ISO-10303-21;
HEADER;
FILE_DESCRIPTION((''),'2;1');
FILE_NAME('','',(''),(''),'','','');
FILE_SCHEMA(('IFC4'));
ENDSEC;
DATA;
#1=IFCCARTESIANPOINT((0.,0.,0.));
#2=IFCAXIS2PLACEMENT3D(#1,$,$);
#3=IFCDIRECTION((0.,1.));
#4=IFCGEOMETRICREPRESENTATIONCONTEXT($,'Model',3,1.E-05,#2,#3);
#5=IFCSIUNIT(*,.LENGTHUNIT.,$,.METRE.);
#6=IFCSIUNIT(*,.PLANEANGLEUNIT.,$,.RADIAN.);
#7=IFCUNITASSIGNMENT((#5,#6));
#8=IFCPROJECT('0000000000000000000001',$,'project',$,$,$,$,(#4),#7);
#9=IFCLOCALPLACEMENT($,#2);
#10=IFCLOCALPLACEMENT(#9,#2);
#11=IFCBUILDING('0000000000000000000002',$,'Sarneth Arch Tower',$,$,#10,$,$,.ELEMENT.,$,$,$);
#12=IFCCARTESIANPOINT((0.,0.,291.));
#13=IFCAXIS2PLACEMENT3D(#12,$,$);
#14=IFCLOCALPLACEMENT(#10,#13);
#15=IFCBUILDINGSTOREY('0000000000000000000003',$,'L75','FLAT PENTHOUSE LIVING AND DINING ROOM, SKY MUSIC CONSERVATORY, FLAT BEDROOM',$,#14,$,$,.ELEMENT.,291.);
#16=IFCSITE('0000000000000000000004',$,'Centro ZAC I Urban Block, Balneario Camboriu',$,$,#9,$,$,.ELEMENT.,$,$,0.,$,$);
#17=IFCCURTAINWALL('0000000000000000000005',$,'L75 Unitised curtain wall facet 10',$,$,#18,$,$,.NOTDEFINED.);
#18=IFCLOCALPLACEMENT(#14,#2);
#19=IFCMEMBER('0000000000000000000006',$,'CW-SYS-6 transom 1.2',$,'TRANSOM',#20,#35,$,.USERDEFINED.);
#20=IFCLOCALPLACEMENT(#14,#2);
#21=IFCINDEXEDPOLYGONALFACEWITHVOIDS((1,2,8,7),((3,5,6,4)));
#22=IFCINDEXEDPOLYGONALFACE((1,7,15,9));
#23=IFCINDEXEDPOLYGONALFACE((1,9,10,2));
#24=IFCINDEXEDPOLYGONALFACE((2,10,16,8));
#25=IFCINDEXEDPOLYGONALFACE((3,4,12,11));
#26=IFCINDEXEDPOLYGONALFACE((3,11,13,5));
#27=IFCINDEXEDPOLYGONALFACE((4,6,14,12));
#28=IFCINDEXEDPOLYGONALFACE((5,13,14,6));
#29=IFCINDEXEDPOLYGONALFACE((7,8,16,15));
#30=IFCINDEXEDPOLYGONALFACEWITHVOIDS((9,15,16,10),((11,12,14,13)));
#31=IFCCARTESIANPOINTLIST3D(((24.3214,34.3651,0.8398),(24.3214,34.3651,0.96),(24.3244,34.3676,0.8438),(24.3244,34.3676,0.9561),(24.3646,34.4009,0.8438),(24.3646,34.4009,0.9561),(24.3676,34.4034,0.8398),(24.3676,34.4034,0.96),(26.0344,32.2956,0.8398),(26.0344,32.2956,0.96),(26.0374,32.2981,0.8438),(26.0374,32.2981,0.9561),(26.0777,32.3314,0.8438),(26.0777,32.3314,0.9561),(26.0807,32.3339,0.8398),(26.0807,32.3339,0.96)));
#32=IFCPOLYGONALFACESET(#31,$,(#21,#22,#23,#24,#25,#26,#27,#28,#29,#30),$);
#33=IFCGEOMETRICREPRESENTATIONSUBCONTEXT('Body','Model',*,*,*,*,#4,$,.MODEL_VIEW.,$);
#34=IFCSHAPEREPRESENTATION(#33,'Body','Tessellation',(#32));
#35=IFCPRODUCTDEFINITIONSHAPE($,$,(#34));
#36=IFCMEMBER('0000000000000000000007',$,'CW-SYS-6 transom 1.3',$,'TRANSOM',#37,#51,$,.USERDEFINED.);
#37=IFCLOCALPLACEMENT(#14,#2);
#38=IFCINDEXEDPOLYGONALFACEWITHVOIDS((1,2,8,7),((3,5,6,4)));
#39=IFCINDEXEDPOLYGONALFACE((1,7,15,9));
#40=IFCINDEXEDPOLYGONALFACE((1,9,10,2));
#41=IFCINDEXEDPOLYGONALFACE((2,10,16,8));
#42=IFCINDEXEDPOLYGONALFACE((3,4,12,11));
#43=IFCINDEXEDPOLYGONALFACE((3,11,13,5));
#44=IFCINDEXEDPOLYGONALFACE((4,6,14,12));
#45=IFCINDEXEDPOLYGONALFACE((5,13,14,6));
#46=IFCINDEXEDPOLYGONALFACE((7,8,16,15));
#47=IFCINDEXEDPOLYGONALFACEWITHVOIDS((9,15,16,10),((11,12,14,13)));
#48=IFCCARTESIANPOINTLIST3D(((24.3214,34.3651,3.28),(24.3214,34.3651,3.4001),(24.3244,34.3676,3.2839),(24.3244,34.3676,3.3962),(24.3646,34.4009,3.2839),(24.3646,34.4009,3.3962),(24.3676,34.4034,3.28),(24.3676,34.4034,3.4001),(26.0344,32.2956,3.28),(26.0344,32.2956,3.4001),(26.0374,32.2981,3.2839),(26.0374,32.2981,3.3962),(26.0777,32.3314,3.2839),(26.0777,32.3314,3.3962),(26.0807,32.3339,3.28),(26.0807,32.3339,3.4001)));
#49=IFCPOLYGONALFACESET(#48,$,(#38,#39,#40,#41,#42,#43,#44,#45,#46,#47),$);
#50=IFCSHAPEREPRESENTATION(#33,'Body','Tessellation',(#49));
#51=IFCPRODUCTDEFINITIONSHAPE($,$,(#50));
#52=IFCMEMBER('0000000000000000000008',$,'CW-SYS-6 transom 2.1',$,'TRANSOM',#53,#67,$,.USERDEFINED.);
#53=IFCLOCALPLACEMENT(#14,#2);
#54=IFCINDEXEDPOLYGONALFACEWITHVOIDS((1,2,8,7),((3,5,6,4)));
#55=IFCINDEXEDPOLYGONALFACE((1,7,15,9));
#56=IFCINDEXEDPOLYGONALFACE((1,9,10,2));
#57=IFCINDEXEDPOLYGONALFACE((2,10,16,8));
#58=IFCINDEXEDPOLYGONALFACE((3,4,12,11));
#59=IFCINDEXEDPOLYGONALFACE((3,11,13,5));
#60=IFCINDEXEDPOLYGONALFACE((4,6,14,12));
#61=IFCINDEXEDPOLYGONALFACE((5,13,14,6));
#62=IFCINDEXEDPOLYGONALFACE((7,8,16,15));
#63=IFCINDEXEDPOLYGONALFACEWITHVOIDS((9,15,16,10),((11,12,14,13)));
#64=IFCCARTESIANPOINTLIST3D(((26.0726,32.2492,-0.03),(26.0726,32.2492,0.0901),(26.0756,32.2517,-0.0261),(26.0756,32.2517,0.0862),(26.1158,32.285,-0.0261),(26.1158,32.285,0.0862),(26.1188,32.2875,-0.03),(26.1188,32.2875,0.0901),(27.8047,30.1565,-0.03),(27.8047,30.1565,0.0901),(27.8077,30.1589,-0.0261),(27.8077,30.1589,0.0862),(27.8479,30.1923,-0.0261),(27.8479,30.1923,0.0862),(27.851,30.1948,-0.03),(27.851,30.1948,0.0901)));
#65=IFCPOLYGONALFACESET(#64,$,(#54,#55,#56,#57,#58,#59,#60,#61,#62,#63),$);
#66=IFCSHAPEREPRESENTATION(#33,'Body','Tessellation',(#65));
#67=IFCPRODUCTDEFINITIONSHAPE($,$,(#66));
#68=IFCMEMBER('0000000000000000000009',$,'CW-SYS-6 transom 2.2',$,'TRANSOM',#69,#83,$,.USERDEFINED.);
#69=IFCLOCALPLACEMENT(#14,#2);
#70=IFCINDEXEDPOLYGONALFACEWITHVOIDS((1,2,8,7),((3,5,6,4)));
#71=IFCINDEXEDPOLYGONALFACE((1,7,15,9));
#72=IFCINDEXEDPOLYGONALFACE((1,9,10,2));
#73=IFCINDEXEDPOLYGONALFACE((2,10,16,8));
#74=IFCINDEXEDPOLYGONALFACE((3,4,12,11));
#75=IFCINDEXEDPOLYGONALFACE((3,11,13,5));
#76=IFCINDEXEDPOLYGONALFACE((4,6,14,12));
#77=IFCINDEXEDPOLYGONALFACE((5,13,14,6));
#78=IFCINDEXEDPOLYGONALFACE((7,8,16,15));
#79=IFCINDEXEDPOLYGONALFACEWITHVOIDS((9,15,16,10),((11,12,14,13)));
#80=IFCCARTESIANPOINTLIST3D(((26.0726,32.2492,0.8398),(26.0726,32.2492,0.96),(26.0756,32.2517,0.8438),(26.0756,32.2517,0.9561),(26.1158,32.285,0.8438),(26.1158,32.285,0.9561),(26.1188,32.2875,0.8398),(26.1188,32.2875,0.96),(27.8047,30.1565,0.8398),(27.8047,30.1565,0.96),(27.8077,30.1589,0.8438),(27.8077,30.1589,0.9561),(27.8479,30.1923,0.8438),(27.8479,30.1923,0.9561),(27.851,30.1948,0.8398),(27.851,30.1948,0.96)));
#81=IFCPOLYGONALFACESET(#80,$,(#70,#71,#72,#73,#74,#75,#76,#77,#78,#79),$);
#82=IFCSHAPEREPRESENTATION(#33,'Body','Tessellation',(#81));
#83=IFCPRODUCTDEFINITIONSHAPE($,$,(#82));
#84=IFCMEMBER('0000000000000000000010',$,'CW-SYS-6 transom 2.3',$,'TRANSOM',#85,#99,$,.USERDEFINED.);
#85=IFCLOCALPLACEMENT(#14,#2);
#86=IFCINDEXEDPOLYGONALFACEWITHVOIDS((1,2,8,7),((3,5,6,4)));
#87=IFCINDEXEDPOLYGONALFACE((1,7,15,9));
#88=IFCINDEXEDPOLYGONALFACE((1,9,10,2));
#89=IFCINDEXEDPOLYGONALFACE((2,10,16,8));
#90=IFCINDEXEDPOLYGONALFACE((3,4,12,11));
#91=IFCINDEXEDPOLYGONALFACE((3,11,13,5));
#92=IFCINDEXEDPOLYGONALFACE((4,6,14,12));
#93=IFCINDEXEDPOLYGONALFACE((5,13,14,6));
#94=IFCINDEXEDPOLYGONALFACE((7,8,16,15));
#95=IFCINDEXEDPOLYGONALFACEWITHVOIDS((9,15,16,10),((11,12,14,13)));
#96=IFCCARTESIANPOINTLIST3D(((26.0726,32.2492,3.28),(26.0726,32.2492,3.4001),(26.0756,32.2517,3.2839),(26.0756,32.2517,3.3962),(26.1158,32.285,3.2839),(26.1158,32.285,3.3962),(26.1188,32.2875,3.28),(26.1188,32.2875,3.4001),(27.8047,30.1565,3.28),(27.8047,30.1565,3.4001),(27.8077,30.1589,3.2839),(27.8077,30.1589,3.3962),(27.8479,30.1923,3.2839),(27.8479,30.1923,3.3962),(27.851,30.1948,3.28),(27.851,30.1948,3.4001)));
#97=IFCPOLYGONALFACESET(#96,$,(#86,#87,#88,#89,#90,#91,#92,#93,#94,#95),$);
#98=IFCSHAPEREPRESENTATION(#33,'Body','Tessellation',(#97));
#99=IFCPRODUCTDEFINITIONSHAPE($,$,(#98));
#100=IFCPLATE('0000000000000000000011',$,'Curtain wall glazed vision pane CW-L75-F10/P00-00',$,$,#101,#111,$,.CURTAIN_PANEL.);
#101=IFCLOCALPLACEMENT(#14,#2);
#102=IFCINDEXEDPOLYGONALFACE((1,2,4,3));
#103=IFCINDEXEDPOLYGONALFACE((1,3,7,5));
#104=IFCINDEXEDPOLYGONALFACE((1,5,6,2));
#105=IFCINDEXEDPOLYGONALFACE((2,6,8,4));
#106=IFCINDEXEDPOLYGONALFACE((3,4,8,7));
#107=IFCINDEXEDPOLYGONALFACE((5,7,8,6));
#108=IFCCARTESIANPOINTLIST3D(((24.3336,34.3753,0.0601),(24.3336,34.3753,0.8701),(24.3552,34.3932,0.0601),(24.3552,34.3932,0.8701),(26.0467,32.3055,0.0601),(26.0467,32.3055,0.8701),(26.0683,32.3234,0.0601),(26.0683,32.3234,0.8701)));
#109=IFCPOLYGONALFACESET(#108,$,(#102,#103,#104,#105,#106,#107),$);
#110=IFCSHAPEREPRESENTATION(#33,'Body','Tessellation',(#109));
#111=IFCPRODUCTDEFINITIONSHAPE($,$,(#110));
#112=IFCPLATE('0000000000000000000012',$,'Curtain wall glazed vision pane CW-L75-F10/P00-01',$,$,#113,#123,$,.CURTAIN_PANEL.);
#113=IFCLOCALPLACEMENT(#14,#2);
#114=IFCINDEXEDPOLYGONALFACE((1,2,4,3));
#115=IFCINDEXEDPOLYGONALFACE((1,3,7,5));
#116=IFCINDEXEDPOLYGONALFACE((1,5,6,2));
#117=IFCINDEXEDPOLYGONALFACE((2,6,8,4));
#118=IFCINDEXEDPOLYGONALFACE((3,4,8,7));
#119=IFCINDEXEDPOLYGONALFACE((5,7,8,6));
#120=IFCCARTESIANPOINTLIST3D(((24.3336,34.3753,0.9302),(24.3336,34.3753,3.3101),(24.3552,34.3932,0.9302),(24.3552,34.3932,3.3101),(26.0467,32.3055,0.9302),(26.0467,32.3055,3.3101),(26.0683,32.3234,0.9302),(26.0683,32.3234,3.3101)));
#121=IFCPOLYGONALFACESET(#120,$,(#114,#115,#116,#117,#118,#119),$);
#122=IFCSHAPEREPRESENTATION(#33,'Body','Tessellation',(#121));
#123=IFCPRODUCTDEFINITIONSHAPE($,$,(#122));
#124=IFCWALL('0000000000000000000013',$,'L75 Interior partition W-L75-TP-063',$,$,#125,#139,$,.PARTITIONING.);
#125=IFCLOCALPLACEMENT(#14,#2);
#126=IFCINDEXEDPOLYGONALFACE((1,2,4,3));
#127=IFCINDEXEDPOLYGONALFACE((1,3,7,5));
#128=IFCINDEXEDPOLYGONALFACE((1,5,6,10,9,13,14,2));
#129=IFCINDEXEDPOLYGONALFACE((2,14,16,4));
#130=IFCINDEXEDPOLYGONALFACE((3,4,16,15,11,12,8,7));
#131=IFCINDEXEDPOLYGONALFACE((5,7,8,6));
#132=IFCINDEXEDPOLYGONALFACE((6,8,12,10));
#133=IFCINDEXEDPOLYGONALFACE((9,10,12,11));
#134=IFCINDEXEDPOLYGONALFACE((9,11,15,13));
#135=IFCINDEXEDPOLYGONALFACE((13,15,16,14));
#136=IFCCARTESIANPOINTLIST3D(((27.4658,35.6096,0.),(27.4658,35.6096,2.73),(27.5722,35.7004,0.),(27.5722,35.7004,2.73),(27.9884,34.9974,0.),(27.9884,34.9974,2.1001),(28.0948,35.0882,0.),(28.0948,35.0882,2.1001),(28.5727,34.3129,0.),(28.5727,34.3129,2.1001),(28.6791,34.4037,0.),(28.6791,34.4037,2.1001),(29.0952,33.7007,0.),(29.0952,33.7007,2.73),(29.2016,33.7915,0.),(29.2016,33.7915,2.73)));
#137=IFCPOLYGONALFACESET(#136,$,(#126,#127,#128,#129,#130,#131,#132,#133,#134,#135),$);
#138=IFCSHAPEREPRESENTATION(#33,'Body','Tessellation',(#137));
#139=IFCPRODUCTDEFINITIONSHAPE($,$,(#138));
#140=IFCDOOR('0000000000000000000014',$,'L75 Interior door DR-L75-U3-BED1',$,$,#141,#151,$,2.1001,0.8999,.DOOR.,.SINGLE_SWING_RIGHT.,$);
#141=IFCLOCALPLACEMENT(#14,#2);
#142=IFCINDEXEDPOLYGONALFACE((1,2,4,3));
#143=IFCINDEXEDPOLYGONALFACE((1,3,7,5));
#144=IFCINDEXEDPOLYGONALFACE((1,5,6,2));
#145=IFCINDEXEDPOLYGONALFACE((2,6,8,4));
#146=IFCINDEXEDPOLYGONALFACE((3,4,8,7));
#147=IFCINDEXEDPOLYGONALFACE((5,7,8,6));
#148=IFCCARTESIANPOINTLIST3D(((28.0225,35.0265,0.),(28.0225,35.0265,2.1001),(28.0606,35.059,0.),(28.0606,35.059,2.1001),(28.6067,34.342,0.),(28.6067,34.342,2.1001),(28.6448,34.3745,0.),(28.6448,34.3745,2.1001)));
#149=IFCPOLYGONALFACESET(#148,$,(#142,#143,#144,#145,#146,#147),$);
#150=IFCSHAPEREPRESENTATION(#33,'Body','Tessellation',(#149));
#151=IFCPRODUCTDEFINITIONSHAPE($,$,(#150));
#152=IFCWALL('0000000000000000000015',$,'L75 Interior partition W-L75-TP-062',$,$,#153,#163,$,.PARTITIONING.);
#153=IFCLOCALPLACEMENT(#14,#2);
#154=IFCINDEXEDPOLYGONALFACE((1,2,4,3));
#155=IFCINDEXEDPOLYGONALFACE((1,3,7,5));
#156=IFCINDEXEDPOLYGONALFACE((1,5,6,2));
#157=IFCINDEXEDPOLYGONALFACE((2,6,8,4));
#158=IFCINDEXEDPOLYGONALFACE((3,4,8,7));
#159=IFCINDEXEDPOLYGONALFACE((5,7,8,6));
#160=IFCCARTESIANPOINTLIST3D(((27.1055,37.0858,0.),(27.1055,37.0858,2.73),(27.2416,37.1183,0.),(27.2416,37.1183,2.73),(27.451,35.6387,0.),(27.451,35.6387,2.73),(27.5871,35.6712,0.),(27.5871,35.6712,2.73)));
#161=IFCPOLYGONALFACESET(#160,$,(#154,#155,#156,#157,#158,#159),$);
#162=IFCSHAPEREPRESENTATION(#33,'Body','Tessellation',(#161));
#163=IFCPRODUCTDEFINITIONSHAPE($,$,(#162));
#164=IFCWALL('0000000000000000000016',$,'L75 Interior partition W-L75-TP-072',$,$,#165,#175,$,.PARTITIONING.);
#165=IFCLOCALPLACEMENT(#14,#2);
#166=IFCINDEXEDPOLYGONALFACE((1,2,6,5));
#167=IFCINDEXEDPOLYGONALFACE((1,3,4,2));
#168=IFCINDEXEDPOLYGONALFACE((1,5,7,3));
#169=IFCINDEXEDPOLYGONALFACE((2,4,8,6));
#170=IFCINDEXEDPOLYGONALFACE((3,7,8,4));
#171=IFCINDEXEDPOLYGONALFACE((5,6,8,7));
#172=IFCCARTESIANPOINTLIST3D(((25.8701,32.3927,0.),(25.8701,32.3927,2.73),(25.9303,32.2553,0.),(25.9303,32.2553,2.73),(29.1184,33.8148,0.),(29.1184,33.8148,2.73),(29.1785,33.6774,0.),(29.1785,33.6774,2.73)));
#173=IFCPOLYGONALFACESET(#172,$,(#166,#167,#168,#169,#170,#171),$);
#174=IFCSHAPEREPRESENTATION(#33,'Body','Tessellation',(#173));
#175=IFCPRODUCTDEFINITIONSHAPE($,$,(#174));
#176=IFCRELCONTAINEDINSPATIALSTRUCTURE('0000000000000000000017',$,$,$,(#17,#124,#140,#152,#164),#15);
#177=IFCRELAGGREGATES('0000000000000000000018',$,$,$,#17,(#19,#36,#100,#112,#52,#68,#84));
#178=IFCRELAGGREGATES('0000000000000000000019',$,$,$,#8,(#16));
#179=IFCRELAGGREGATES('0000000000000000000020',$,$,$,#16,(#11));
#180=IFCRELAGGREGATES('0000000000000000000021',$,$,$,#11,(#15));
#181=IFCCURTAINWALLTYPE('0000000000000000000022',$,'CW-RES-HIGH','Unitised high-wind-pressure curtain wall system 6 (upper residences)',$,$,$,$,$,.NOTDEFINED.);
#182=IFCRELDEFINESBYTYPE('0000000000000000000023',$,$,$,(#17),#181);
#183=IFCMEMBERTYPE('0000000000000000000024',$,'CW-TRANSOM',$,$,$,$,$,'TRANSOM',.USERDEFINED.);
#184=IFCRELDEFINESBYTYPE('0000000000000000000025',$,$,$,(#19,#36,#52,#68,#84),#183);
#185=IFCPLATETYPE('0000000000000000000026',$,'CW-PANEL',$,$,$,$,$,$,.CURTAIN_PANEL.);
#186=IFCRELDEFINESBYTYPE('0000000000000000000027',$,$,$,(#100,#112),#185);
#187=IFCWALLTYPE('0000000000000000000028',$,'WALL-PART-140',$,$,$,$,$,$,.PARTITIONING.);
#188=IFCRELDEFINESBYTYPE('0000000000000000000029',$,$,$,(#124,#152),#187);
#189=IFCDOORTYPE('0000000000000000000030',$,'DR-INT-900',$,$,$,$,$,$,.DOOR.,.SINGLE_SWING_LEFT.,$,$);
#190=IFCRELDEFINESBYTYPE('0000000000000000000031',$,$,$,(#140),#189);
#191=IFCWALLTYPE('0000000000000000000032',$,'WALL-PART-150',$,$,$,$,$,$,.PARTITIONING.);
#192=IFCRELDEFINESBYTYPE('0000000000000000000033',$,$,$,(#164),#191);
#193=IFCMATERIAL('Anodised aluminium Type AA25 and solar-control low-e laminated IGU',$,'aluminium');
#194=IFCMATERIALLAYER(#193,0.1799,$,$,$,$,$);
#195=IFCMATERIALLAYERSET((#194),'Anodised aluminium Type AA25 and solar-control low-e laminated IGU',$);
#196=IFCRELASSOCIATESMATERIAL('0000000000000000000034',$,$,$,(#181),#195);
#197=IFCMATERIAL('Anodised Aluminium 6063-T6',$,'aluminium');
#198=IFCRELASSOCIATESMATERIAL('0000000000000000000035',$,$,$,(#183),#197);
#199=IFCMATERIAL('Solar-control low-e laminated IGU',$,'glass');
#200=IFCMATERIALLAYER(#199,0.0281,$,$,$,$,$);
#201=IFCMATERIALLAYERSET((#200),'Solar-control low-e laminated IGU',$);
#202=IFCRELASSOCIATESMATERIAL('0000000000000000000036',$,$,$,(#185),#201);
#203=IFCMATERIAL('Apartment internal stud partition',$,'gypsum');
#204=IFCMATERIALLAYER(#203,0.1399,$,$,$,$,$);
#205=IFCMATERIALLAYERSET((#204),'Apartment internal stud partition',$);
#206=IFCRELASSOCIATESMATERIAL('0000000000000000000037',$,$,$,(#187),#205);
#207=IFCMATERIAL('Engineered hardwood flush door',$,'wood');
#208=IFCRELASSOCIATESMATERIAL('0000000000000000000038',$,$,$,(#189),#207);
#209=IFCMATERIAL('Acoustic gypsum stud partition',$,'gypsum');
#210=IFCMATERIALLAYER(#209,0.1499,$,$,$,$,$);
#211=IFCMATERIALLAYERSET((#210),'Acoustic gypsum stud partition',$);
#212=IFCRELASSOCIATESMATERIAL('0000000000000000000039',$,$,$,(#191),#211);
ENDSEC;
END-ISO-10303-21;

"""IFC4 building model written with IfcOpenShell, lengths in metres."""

from ifc_helpers import new_model, si_unit, direction, frame, frame_2d, origin, origin_2d, place, context, subcontext, project, spatial, rectangle, hollow_rectangle, extrude, material, layer, layer_set, material_profile, profile_set, type_object, element, fill, aggregate, save


model = new_model("IFC4")

# Units and contexts
model_context = context("Model", 3, precision=1e-05, world=origin(), true_north=direction((0.0, 1.0)))
body_context = subcontext(model_context, "Body", "Model", "MODEL_VIEW")
ifc_project = project(units=[si_unit("LENGTHUNIT", "METRE"), si_unit("PLANEANGLEUNIT", "RADIAN")], contexts=[model_context])

# Site, building, storey
site_placement = place(None, origin())
site = spatial("IfcSite", under=ifc_project, at=site_placement, Name="Centro ZAC I Urban Block, Balneario Camboriu", CompositionType="ELEMENT", RefElevation=0.0)
building_placement = place(site_placement, origin())
building = spatial("IfcBuilding", under=site, at=building_placement, Name="Sarneth Arch Tower", CompositionType="ELEMENT")
storey_placement = place(building_placement, frame((0.0, 0.0, 291.0)))
storey = spatial("IfcBuildingStorey", under=building, at=storey_placement, Name="L75", Description="FLAT PENTHOUSE LIVING AND DINING ROOM, SKY MUSIC CONSERVATORY, FLAT BEDROOM", CompositionType="ELEMENT", Elevation=291.0)

# Curtain wall, members, plates
ifc_material_1 = material(Name="Anodised aluminium Type AA25 and solar-control low-e laminated IGU", Category="aluminium")
ifc_layer_1 = layer(ifc_material_1, 0.1799)
ifc_layer_set_1 = layer_set([ifc_layer_1], Name="Anodised aluminium Type AA25 and solar-control low-e laminated IGU")
curtain_wall_type = type_object("IfcCurtainWallType", Name="CW-RES-HIGH", Description="Unitised high-wind-pressure curtain wall system 6 (upper residences)", PredefinedType="NOTDEFINED", material=ifc_layer_set_1)
curtain_wall_placement = place(storey_placement, origin())
curtain_wall = element("IfcCurtainWall", 1, at=curtain_wall_placement, inside=storey, type_object=curtain_wall_type, Name="L75 Unitised curtain wall facet 10", PredefinedType="NOTDEFINED")
ifc_material_2 = material(Name="Anodised Aluminium 6063-T6", Category="aluminium")
ifc_material_profile_1 = material_profile(ifc_material_2, hollow_rectangle(XDim=0.0601, YDim=0.1201, WallThickness=0.0039, at=origin_2d()), Name="AL-TRAN-120x60x4")
ifc_profile_set_1 = profile_set([ifc_material_profile_1], Name="Anodised Aluminium 6063-T6")
member_type_1 = type_object("IfcMemberType", Name="CW-TRANSOM", ElementType="TRANSOM", PredefinedType="USERDEFINED", material=ifc_profile_set_1)
member_1_placement = place(storey_placement, frame((24.3445, 34.3843, 0.8999), z_axis=(0.637651, -0.770325, 0.0), x_axis=(0.770325, 0.637651, 0.0)))
member_1 = element("IfcMember", 2, at=member_1_placement, type_object=member_type_1, Name="CW-SYS-6 transom 1.2", ObjectType="TRANSOM", PredefinedType="USERDEFINED", context=body_context, shape_type="SweptSolid", body=[
    extrude(hollow_rectangle(XDim=0.0601, YDim=0.1201, WallThickness=0.0039, at=origin_2d()), origin(), (0.0, 0.0, 1.0), 2.6865),
])
member_2_placement = place(storey_placement, frame((24.3445, 34.3843, 3.3401), z_axis=(0.637651, -0.770325, 0.0), x_axis=(0.770325, 0.637651, 0.0)))
member_2 = element("IfcMember", 3, at=member_2_placement, type_object=member_type_1, Name="CW-SYS-6 transom 1.3", ObjectType="TRANSOM", PredefinedType="USERDEFINED", context=body_context, shape_type="SweptSolid", body=[
    extrude(hollow_rectangle(XDim=0.0601, YDim=0.1201, WallThickness=0.0039, at=origin_2d()), origin(), (0.0, 0.0, 1.0), 2.6865),
])
member_3_placement = place(storey_placement, frame((26.0957, 32.2683, 0.03), z_axis=(0.637617, -0.770353, 0.0), x_axis=(0.770353, 0.637617, 0.0)))
member_3 = element("IfcMember", 4, at=member_3_placement, type_object=member_type_1, Name="CW-SYS-6 transom 2.1", ObjectType="TRANSOM", PredefinedType="USERDEFINED", context=body_context, shape_type="SweptSolid", body=[
    extrude(hollow_rectangle(XDim=0.0601, YDim=0.1201, WallThickness=0.0039, at=origin_2d()), origin(), (0.0, 0.0, 1.0), 2.7166),
])
member_4_placement = place(storey_placement, frame((26.0957, 32.2683, 0.8999), z_axis=(0.637617, -0.770353, 0.0), x_axis=(0.770353, 0.637617, 0.0)))
member_4 = element("IfcMember", 5, at=member_4_placement, type_object=member_type_1, Name="CW-SYS-6 transom 2.2", ObjectType="TRANSOM", PredefinedType="USERDEFINED", context=body_context, shape_type="SweptSolid", body=[
    extrude(hollow_rectangle(XDim=0.0601, YDim=0.1201, WallThickness=0.0039, at=origin_2d()), origin(), (0.0, 0.0, 1.0), 2.7166),
])
member_5_placement = place(storey_placement, frame((26.0957, 32.2683, 3.3401), z_axis=(0.637617, -0.770353, 0.0), x_axis=(0.770353, 0.637617, 0.0)))
member_5 = element("IfcMember", 6, at=member_5_placement, type_object=member_type_1, Name="CW-SYS-6 transom 2.3", ObjectType="TRANSOM", PredefinedType="USERDEFINED", context=body_context, shape_type="SweptSolid", body=[
    extrude(hollow_rectangle(XDim=0.0601, YDim=0.1201, WallThickness=0.0039, at=origin_2d()), origin(), (0.0, 0.0, 1.0), 2.7166),
])
ifc_material_3 = material(Name="Solar-control low-e laminated IGU", Category="glass")
ifc_layer_2 = layer(ifc_material_3, 0.0281)
ifc_layer_set_2 = layer_set([ifc_layer_2], Name="Solar-control low-e laminated IGU")
plate_type = type_object("IfcPlateType", Name="CW-PANEL", PredefinedType="CURTAIN_PANEL", material=ifc_layer_set_2)
plate_1_placement = place(storey_placement, frame((25.2009, 33.3494, 0.0601), z_axis=(0.0, 0.0, 1.0), x_axis=(0.63761, -0.770359, 0.0)))
plate_1 = element("IfcPlate", 7, at=plate_1_placement, type_object=plate_type, Name="Curtain wall glazed vision pane CW-L75-F10/P00-00", PredefinedType="CURTAIN_PANEL", context=body_context, shape_type="SweptSolid", body=[
    extrude(rectangle(XDim=2.6868, YDim=0.0281, at=origin_2d()), origin(), (0.0, 0.0, 1.0), 0.8101),
])
plate_2_placement = place(storey_placement, frame((25.2009, 33.3494, 0.9302), z_axis=(0.0, 0.0, 1.0), x_axis=(0.63761, -0.770359, 0.0)))
plate_2 = element("IfcPlate", 8, at=plate_2_placement, type_object=plate_type, Name="Curtain wall glazed vision pane CW-L75-F10/P00-01", PredefinedType="CURTAIN_PANEL", context=body_context, shape_type="SweptSolid", body=[
    extrude(rectangle(XDim=2.6868, YDim=0.0281, at=origin_2d()), origin(), (0.0, 0.0, 1.0), 2.3799),
])
aggregate(curtain_wall, [member_1, member_2, plate_1, plate_2, member_3, member_4, member_5])

# Wall, opening, door
ifc_material_4 = material(Name="Apartment internal stud partition", Category="gypsum")
ifc_layer_3 = layer(ifc_material_4, 0.1399)
ifc_layer_set_3 = layer_set([ifc_layer_3], Name="Apartment internal stud partition")
wall_type_1 = type_object("IfcWallType", Name="WALL-PART-140", PredefinedType="PARTITIONING", material=ifc_layer_set_3)
wall_1_placement = place(storey_placement, frame((27.519, 35.655, 0.0), z_axis=(0.0, 0.0, 1.0), x_axis=(0.64922, -0.760601, 0.0)))
wall_1 = element("IfcWall", 9, at=wall_1_placement, inside=storey, type_object=wall_type_1, Name="L75 Interior partition W-L75-TP-063", PredefinedType="PARTITIONING", context=body_context, shape_type="SweptSolid", body=[
    extrude(rectangle(XDim=2.5098, YDim=0.1399, at=frame_2d((1.2549, 0.0))), origin(), (0.0, 0.0, 1.0), 2.73),
])
opening_1_placement = place(wall_1_placement, frame((0.8049, 0.0, 0.0)))
opening_1 = element("IfcOpeningElement", 10, at=opening_1_placement, cuts=wall_1, PredefinedType="OPENING", context=body_context, shape_type="SweptSolid", body=[
    extrude(rectangle(XDim=0.8999, YDim=2.1001, at=frame_2d((0.45, 1.05))), frame((0.0, 0.0798, 0.0), z_axis=(0.0, -1.0, 0.0), x_axis=(1.0, 0.0, 0.0)), (0.0, 0.0, 1.0), 0.1599),
])
ifc_material_5 = material(Name="Engineered hardwood flush door", Category="wood")
door_type = type_object("IfcDoorType", Name="DR-INT-900", OperationType="SINGLE_SWING_LEFT", PredefinedType="DOOR", material=ifc_material_5)
door_1_placement = place(opening_1_placement, origin())
door_1 = element("IfcDoor", 11, at=door_1_placement, inside=storey, type_object=door_type, Name="L75 Interior door DR-L75-U3-BED1", OperationType="SINGLE_SWING_RIGHT", OverallHeight=2.1001, OverallWidth=0.8999, PredefinedType="DOOR", context=body_context, shape_type="SweptSolid", body=[
    extrude(rectangle(XDim=0.8999, YDim=2.1001, at=frame_2d((0.45, 1.05))), frame((0.0, 0.0249, 0.0), z_axis=(0.0, -1.0, 0.0), x_axis=(1.0, 0.0, 0.0)), (0.0, 0.0, 1.0), 0.05),
])
fill(opening_1, door_1)

# Walls
wall_2_placement = place(storey_placement, frame((27.1736, 37.1021, 0.0), z_axis=(0.0, 0.0, 1.0), x_axis=(0.232212, -0.972665, 0.0)))
element("IfcWall", 12, at=wall_2_placement, inside=storey, type_object=wall_type_1, Name="L75 Interior partition W-L75-TP-062", PredefinedType="PARTITIONING", context=body_context, shape_type="SweptSolid", body=[
    extrude(rectangle(XDim=1.4878, YDim=0.1399, at=frame_2d((0.7439, 0.0))), origin(), (0.0, 0.0, 1.0), 2.73),
])
ifc_material_6 = material(Name="Acoustic gypsum stud partition", Category="gypsum")
ifc_layer_4 = layer(ifc_material_6, 0.1499)
ifc_layer_set_4 = layer_set([ifc_layer_4], Name="Acoustic gypsum stud partition")
wall_type_2 = type_object("IfcWallType", Name="WALL-PART-150", PredefinedType="PARTITIONING", material=ifc_layer_set_4)
wall_3_placement = place(storey_placement, frame((29.1484, 33.7461, 0.0), z_axis=(0.0, 0.0, 1.0), x_axis=(-0.916055, -0.401054, 0.0)))
element("IfcWall", 13, at=wall_3_placement, inside=storey, type_object=wall_type_2, Name="L75 Interior partition W-L75-TP-072", PredefinedType="PARTITIONING", context=body_context, shape_type="SweptSolid", body=[
    extrude(rectangle(XDim=3.5459, YDim=0.1499, at=frame_2d((1.7729, 0.0))), origin(), (0.0, 0.0, 1.0), 2.73),
])

save(model, "model.ifc")
